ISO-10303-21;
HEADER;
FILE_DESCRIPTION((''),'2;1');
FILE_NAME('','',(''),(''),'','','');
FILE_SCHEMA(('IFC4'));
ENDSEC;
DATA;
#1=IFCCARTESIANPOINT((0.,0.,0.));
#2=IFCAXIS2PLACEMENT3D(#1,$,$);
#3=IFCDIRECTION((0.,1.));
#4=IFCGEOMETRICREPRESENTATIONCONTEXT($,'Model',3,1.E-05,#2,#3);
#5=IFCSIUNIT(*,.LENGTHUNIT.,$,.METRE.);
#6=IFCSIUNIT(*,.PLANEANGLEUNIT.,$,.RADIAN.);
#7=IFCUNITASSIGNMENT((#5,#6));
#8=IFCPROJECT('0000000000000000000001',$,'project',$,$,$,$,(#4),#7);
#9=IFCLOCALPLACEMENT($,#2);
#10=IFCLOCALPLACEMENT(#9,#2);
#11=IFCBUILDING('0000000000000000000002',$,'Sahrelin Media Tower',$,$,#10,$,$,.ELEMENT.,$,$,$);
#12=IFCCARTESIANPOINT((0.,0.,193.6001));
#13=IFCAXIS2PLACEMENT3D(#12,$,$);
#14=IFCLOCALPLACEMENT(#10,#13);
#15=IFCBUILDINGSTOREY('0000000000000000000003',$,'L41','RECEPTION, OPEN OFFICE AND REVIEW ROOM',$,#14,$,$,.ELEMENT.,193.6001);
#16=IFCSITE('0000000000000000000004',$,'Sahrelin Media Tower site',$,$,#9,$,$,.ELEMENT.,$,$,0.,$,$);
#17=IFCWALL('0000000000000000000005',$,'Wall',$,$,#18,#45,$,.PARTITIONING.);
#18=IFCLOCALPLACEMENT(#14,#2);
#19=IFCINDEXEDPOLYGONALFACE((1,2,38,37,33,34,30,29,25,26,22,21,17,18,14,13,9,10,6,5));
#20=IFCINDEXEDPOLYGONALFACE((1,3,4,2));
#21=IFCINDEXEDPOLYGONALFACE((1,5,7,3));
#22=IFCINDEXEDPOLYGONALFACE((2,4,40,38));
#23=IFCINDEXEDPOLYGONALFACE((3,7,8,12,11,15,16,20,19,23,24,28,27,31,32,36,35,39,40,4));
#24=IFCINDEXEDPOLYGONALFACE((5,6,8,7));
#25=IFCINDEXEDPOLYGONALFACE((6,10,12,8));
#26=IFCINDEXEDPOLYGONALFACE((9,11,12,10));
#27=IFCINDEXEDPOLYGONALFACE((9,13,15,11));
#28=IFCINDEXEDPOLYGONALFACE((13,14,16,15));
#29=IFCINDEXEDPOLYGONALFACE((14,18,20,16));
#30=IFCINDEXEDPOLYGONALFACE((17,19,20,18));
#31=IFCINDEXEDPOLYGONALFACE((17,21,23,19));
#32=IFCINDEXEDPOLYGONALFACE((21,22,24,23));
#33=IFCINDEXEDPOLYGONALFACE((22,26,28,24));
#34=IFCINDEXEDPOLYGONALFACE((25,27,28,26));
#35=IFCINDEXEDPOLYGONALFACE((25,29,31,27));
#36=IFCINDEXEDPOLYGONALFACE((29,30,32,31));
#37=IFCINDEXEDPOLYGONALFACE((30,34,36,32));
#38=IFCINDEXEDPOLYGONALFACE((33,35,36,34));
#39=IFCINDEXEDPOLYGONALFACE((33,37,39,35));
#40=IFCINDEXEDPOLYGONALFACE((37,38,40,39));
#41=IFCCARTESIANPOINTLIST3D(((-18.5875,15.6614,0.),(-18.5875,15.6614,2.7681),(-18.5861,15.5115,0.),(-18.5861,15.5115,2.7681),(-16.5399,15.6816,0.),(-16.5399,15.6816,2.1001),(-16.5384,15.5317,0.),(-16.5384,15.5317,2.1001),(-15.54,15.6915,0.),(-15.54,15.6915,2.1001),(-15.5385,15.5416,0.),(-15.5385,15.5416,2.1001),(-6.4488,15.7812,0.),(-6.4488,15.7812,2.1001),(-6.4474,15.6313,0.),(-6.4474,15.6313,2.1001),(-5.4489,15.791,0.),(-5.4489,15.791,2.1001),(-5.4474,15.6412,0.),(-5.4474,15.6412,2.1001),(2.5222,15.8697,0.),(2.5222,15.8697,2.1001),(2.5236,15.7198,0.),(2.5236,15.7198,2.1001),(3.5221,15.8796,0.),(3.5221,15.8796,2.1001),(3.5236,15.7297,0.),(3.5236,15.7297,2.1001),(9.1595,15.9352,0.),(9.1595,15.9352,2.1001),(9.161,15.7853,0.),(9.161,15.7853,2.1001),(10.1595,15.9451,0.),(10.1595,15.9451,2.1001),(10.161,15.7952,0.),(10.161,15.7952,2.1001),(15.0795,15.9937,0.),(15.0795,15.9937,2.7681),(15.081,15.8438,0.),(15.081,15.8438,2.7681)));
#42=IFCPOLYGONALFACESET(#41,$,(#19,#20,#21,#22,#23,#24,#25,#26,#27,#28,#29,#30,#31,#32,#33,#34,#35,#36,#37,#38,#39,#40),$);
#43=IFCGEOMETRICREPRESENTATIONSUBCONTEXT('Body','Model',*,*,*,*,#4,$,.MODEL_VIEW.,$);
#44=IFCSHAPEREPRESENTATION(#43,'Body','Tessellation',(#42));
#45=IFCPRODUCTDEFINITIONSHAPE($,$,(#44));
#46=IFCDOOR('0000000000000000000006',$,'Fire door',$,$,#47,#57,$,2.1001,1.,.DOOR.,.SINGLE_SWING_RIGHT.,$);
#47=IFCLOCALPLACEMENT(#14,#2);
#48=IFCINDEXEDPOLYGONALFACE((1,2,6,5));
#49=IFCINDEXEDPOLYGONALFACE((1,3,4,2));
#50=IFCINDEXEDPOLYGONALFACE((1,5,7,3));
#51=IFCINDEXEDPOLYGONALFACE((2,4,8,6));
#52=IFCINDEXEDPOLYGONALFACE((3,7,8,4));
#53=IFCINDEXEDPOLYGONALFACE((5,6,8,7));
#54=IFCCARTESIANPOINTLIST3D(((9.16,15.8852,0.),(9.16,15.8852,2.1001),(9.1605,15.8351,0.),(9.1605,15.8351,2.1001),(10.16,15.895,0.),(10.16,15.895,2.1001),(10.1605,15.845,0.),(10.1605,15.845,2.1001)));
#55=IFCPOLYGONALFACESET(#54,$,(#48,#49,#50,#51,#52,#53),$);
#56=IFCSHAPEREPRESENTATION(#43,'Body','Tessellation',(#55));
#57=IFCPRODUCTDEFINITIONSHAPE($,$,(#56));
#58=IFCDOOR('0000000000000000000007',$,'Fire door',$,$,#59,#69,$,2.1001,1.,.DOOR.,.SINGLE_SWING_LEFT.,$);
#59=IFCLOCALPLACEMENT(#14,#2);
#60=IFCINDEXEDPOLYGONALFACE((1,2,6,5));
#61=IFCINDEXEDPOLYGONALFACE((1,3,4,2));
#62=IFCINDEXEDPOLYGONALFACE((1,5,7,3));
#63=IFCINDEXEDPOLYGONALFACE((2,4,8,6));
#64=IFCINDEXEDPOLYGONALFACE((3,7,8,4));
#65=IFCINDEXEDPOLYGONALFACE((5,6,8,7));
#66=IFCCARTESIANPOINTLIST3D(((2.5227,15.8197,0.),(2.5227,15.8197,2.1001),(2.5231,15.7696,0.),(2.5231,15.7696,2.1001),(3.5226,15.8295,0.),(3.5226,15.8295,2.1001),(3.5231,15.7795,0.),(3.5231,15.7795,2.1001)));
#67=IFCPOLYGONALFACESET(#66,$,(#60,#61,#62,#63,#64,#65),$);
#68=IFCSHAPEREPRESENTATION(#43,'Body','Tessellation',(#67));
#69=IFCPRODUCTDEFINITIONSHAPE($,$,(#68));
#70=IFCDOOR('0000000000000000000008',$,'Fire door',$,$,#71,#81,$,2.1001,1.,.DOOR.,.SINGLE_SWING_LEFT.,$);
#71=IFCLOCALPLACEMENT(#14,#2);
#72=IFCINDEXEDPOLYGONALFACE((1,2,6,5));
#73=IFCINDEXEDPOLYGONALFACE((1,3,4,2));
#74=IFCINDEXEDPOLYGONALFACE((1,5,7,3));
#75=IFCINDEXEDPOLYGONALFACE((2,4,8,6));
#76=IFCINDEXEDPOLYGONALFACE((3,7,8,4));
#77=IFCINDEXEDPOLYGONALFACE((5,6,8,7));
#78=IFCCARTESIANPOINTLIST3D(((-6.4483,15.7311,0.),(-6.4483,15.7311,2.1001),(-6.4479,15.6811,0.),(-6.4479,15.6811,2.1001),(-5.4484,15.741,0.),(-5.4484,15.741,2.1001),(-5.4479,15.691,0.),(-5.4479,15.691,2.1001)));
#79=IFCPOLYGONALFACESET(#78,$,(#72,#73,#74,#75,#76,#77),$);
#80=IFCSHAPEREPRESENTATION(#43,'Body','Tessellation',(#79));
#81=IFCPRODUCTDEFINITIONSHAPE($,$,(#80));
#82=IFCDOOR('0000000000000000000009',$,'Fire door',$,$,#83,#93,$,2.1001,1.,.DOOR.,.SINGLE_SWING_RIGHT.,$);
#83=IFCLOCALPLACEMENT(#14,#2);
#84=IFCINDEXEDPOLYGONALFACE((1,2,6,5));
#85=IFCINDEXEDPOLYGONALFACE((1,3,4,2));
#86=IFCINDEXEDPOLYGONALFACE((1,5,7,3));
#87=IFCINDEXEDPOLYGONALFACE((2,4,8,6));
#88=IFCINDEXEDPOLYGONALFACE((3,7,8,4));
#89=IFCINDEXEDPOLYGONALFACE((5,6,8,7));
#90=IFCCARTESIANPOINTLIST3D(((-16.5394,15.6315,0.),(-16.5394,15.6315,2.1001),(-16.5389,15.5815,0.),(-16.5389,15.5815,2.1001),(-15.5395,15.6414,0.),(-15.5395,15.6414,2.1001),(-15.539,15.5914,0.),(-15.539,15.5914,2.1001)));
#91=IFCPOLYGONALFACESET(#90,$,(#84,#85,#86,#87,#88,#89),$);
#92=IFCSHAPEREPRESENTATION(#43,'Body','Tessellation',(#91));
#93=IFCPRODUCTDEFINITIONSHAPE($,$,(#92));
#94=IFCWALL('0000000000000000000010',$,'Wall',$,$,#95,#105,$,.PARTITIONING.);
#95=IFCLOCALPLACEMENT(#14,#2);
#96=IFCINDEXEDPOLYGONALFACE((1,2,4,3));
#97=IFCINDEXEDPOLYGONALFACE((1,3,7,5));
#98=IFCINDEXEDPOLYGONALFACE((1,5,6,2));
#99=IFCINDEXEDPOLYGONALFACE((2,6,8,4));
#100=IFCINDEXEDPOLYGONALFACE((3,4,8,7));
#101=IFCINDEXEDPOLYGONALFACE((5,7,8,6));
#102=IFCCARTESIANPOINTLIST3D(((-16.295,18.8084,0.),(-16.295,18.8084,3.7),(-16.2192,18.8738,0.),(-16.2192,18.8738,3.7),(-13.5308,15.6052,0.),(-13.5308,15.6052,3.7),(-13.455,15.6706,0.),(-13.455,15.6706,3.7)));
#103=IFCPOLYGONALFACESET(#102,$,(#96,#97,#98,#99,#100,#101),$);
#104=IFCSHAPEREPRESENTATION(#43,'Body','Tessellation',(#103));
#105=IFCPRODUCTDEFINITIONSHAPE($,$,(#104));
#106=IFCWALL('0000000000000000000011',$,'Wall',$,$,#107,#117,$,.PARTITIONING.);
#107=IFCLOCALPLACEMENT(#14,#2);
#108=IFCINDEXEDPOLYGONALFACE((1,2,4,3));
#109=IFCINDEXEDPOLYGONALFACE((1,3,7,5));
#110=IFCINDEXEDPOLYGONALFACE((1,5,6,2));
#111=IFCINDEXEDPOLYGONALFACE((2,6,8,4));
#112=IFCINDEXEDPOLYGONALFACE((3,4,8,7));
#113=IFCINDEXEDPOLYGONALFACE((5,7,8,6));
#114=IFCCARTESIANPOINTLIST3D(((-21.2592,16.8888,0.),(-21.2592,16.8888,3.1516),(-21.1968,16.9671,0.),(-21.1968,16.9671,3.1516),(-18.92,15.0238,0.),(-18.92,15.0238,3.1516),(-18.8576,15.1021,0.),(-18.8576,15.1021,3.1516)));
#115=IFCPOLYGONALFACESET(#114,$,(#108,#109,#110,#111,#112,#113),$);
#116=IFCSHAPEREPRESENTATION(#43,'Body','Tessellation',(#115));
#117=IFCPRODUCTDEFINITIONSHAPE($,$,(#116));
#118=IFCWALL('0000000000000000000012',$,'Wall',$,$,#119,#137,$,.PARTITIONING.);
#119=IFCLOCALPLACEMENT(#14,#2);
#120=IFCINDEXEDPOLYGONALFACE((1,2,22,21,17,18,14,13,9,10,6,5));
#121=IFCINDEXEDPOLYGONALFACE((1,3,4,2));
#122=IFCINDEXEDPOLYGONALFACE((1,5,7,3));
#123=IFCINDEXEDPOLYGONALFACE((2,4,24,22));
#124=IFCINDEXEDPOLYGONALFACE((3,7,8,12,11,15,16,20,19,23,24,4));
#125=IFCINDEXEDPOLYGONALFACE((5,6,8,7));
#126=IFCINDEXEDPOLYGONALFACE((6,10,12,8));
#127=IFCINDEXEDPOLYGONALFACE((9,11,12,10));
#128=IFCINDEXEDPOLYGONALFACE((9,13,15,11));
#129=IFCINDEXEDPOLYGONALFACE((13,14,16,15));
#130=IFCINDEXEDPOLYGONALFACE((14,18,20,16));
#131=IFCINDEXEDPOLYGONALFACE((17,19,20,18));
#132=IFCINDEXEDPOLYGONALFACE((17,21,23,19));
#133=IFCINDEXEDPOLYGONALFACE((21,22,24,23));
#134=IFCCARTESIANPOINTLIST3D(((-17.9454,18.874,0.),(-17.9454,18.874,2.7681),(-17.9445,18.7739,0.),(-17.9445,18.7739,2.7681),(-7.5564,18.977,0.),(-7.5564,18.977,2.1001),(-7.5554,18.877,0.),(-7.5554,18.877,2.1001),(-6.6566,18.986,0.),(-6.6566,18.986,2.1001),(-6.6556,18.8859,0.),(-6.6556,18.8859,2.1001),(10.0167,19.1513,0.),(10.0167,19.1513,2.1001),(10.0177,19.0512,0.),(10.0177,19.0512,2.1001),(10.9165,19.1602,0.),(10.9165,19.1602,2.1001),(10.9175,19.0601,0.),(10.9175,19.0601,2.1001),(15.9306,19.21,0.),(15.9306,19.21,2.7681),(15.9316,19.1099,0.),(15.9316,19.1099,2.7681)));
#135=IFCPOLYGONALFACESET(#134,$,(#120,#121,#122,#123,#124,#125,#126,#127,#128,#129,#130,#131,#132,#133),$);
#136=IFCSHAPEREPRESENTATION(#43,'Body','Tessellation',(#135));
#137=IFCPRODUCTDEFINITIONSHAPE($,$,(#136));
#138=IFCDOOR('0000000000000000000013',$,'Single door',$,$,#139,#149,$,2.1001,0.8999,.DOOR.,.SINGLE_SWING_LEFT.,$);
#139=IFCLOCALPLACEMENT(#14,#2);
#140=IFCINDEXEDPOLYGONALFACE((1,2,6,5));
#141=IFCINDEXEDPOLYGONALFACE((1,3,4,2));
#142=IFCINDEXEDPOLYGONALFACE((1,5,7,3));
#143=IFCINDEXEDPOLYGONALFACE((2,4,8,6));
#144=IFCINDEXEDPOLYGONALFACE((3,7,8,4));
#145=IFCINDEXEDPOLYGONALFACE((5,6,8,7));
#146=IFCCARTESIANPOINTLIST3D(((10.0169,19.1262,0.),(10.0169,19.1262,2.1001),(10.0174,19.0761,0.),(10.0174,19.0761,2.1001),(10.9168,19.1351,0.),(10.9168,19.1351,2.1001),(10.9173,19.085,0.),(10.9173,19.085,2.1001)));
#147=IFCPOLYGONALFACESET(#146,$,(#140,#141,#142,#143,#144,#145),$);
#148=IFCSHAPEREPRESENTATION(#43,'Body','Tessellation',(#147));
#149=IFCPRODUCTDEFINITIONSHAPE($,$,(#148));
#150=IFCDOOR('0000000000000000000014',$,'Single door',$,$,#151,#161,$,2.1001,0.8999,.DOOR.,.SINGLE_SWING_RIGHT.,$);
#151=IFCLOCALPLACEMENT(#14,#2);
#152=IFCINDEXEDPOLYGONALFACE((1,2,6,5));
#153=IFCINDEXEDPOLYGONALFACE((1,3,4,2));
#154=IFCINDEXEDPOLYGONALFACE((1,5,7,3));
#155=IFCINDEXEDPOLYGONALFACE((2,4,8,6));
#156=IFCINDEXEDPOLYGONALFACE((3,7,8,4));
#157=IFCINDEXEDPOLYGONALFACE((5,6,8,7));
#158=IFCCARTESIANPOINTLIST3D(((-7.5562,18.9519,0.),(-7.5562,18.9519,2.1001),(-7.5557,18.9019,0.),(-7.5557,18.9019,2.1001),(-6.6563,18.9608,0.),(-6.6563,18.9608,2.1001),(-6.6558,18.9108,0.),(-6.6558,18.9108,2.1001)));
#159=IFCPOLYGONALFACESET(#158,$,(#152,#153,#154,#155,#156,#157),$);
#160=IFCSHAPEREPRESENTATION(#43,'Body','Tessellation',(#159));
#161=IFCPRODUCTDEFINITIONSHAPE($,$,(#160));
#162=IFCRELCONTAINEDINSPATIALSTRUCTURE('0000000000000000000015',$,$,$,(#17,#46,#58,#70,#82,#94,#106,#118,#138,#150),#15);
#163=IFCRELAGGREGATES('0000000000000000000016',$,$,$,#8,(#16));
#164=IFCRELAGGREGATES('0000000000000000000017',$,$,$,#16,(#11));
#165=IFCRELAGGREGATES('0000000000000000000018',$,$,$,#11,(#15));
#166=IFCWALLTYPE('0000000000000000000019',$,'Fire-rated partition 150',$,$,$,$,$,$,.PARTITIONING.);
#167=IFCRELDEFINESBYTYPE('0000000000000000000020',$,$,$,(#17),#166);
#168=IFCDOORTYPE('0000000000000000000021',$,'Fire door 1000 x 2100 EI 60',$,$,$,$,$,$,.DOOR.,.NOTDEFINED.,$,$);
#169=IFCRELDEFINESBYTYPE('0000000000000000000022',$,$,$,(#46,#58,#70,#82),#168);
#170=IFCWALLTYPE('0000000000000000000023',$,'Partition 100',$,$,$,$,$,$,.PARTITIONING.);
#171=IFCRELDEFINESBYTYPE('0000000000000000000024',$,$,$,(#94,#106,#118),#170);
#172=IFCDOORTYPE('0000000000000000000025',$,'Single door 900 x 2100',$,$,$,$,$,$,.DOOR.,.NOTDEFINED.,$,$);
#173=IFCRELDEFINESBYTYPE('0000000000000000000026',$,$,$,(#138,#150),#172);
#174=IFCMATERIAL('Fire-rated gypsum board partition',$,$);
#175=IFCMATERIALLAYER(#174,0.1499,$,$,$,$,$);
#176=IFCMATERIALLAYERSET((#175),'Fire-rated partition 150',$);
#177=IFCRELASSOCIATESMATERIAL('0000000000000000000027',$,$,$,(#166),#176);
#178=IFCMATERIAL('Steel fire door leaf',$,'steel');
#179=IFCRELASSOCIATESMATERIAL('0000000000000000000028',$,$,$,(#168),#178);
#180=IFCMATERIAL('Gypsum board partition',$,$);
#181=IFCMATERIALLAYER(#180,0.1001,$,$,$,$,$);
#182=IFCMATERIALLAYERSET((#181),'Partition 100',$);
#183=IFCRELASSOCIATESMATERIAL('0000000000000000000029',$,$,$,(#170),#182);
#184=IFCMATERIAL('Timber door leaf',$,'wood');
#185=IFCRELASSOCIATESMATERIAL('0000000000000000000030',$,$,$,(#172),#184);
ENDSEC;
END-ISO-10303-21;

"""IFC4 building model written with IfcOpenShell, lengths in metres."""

from ifc_helpers import new_model, si_unit, direction, frame, frame_2d, origin, place, context, subcontext, project, spatial, rectangle, extrude, material, layer, layer_set, type_object, element, fill, save


model = new_model("IFC4")

# Units and contexts
model_context = context("Model", 3, precision=1e-05, world=origin(), true_north=direction((0.0, 1.0)))
body_context = subcontext(model_context, "Body", "Model", "MODEL_VIEW")
ifc_project = project(units=[si_unit("LENGTHUNIT", "METRE"), si_unit("PLANEANGLEUNIT", "RADIAN")], contexts=[model_context])

# Site, building, storey
site_placement = place(None, origin())
site = spatial("IfcSite", under=ifc_project, at=site_placement, Name="Sahrelin Media Tower site", CompositionType="ELEMENT", RefElevation=0.0)
building_placement = place(site_placement, origin())
building = spatial("IfcBuilding", under=site, at=building_placement, Name="Sahrelin Media Tower", CompositionType="ELEMENT")
storey_placement = place(building_placement, frame((0.0, 0.0, 193.6001)))
storey = spatial("IfcBuildingStorey", under=building, at=storey_placement, Name="L41", Description="RECEPTION, OPEN OFFICE AND REVIEW ROOM", CompositionType="ELEMENT", Elevation=193.6001)

# Shared definitions
ifc_material_1 = material(Name="Fire-rated gypsum board partition")
ifc_layer_1 = layer(ifc_material_1, 0.1499)
ifc_layer_set_1 = layer_set([ifc_layer_1], Name="Fire-rated partition 150")
wall_type_1 = type_object("IfcWallType", Name="Fire-rated partition 150", PredefinedType="PARTITIONING", material=ifc_layer_set_1)

# Wall, openings, doors
wall_1_placement = place(storey_placement, frame((-18.5869, 15.5864, 0.0), z_axis=(0.0, 0.0, 1.0), x_axis=(0.999951, 0.009869, 0.0)))
wall_1 = element("IfcWall", 1, at=wall_1_placement, inside=storey, type_object=wall_type_1, Name="Wall", PredefinedType="PARTITIONING", context=body_context, shape_type="SweptSolid", body=[
    extrude(rectangle(XDim=33.6687, YDim=0.1499, at=frame_2d((16.8345, 0.0))), origin(), (0.0, 0.0, 1.0), 2.7681),
])
opening_1_placement = place(wall_1_placement, frame((27.7485, 0.0, 0.0)))
opening_1 = element("IfcOpeningElement", 2, at=opening_1_placement, cuts=wall_1, PredefinedType="OPENING", context=body_context, shape_type="SweptSolid", body=[
    extrude(rectangle(XDim=1.0, YDim=2.1001, at=frame_2d((0.5, 1.05))), frame((0.0, 0.075, 0.0), z_axis=(0.0, -1.0, 0.0), x_axis=(1.0, 0.0, 0.0)), (0.0, 0.0, 1.0), 0.1499),
])
opening_2_placement = place(wall_1_placement, frame((21.1108, 0.0, 0.0)))
opening_2 = element("IfcOpeningElement", 3, at=opening_2_placement, cuts=wall_1, PredefinedType="OPENING", context=body_context, shape_type="SweptSolid", body=[
    extrude(rectangle(XDim=1.0, YDim=2.1001, at=frame_2d((0.5, 1.05))), frame((0.0, 0.075, 0.0), z_axis=(0.0, -1.0, 0.0), x_axis=(1.0, 0.0, 0.0)), (0.0, 0.0, 1.0), 0.1499),
])
opening_3_placement = place(wall_1_placement, frame((12.1394, 0.0, 0.0)))
opening_3 = element("IfcOpeningElement", 4, at=opening_3_placement, cuts=wall_1, PredefinedType="OPENING", context=body_context, shape_type="SweptSolid", body=[
    extrude(rectangle(XDim=1.0, YDim=2.1001, at=frame_2d((0.5, 1.05))), frame((0.0, 0.075, 0.0), z_axis=(0.0, -1.0, 0.0), x_axis=(1.0, 0.0, 0.0)), (0.0, 0.0, 1.0), 0.1499),
])
opening_4_placement = place(wall_1_placement, frame((2.0479, 0.0, 0.0)))
opening_4 = element("IfcOpeningElement", 5, at=opening_4_placement, cuts=wall_1, PredefinedType="OPENING", context=body_context, shape_type="SweptSolid", body=[
    extrude(rectangle(XDim=1.0, YDim=2.1001, at=frame_2d((0.5, 1.05))), frame((0.0, 0.075, 0.0), z_axis=(0.0, -1.0, 0.0), x_axis=(1.0, 0.0, 0.0)), (0.0, 0.0, 1.0), 0.1499),
])
ifc_material_2 = material(Name="Steel fire door leaf", Category="steel")
door_type_1 = type_object("IfcDoorType", Name="Fire door 1000 x 2100 EI 60", OperationType="NOTDEFINED", PredefinedType="DOOR", material=ifc_material_2)
door_1_placement = place(opening_1_placement, origin())
door_1 = element("IfcDoor", 6, at=door_1_placement, inside=storey, type_object=door_type_1, Name="Fire door", OperationType="SINGLE_SWING_RIGHT", OverallHeight=2.1001, OverallWidth=1.0, PredefinedType="DOOR", context=body_context, shape_type="SweptSolid", body=[
    extrude(rectangle(XDim=1.0, YDim=2.1001, at=frame_2d((0.5, 1.05))), frame((0.0, 0.0249, 0.0), z_axis=(0.0, -1.0, 0.0), x_axis=(1.0, 0.0, 0.0)), (0.0, 0.0, 1.0), 0.05),
])
fill(opening_1, door_1)
door_2_placement = place(opening_2_placement, origin())
door_2 = element("IfcDoor", 7, at=door_2_placement, inside=storey, type_object=door_type_1, Name="Fire door", OperationType="SINGLE_SWING_LEFT", OverallHeight=2.1001, OverallWidth=1.0, PredefinedType="DOOR", context=body_context, shape_type="SweptSolid", body=[
    extrude(rectangle(XDim=1.0, YDim=2.1001, at=frame_2d((0.5, 1.05))), frame((0.0, 0.0249, 0.0), z_axis=(0.0, -1.0, 0.0), x_axis=(1.0, 0.0, 0.0)), (0.0, 0.0, 1.0), 0.05),
])
fill(opening_2, door_2)
door_3_placement = place(opening_3_placement, origin())
door_3 = element("IfcDoor", 8, at=door_3_placement, inside=storey, type_object=door_type_1, Name="Fire door", OperationType="SINGLE_SWING_LEFT", OverallHeight=2.1001, OverallWidth=1.0, PredefinedType="DOOR", context=body_context, shape_type="SweptSolid", body=[
    extrude(rectangle(XDim=1.0, YDim=2.1001, at=frame_2d((0.5, 1.05))), frame((0.0, 0.0249, 0.0), z_axis=(0.0, -1.0, 0.0), x_axis=(1.0, 0.0, 0.0)), (0.0, 0.0, 1.0), 0.05),
])
fill(opening_3, door_3)
door_4_placement = place(opening_4_placement, origin())
door_4 = element("IfcDoor", 9, at=door_4_placement, inside=storey, type_object=door_type_1, Name="Fire door", OperationType="SINGLE_SWING_RIGHT", OverallHeight=2.1001, OverallWidth=1.0, PredefinedType="DOOR", context=body_context, shape_type="SweptSolid", body=[
    extrude(rectangle(XDim=1.0, YDim=2.1001, at=frame_2d((0.5, 1.05))), frame((0.0, 0.0249, 0.0), z_axis=(0.0, -1.0, 0.0), x_axis=(1.0, 0.0, 0.0)), (0.0, 0.0, 1.0), 0.05),
])
fill(opening_4, door_4)

# Walls
ifc_material_3 = material(Name="Gypsum board partition")
ifc_layer_2 = layer(ifc_material_3, 0.1001)
ifc_layer_set_2 = layer_set([ifc_layer_2], Name="Partition 100")
wall_type_2 = type_object("IfcWallType", Name="Partition 100", PredefinedType="PARTITIONING", material=ifc_layer_set_2)
wall_2_placement = place(storey_placement, frame((-16.2571, 18.8411, 0.0), z_axis=(0.0, 0.0, 1.0), x_axis=(0.653325, -0.757077, 0.0)))
element("IfcWall", 10, at=wall_2_placement, inside=storey, type_object=wall_type_2, Name="Wall", PredefinedType="PARTITIONING", context=body_context, shape_type="SweptSolid", body=[
    extrude(rectangle(XDim=4.231, YDim=0.1001, at=frame_2d((2.1155, 0.0))), origin(), (0.0, 0.0, 1.0), 3.7),
])
wall_3_placement = place(storey_placement, frame((-21.228, 16.928, 0.0), z_axis=(0.0, 0.0, 1.0), x_axis=(0.781895, -0.62341, 0.0)))
element("IfcWall", 11, at=wall_3_placement, inside=storey, type_object=wall_type_2, Name="Wall", PredefinedType="PARTITIONING", context=body_context, shape_type="SweptSolid", body=[
    extrude(rectangle(XDim=2.9917, YDim=0.1001, at=frame_2d((1.4958, 0.0))), origin(), (0.0, 0.0, 1.0), 3.1516),
])

# Wall, openings, doors
wall_4_placement = place(storey_placement, frame((-17.9451, 18.824, 0.0), z_axis=(0.0, 0.0, 1.0), x_axis=(0.999951, 0.009916, 0.0)))
wall_4 = element("IfcWall", 12, at=wall_4_placement, inside=storey, type_object=wall_type_2, Name="Wall", PredefinedType="PARTITIONING", context=body_context, shape_type="SweptSolid", body=[
    extrude(rectangle(XDim=33.8777, YDim=0.1001, at=frame_2d((16.939, 0.0))), origin(), (0.0, 0.0, 1.0), 2.7681),
])
opening_5_placement = place(wall_4_placement, frame((27.9636, 0.0, 0.0)))
opening_5 = element("IfcOpeningElement", 13, at=opening_5_placement, cuts=wall_4, PredefinedType="OPENING", context=body_context, shape_type="SweptSolid", body=[
    extrude(rectangle(XDim=0.8999, YDim=2.1001, at=frame_2d((0.45, 1.05))), frame((0.0, 0.05, 0.0), z_axis=(0.0, -1.0, 0.0), x_axis=(1.0, 0.0, 0.0)), (0.0, 0.0, 1.0), 0.1001),
])
opening_6_placement = place(wall_4_placement, frame((10.3896, 0.0, 0.0)))
opening_6 = element("IfcOpeningElement", 14, at=opening_6_placement, cuts=wall_4, PredefinedType="OPENING", context=body_context, shape_type="SweptSolid", body=[
    extrude(rectangle(XDim=0.8999, YDim=2.1001, at=frame_2d((0.45, 1.05))), frame((0.0, 0.05, 0.0), z_axis=(0.0, -1.0, 0.0), x_axis=(1.0, 0.0, 0.0)), (0.0, 0.0, 1.0), 0.1001),
])
ifc_material_4 = material(Name="Timber door leaf", Category="wood")
door_type_2 = type_object("IfcDoorType", Name="Single door 900 x 2100", OperationType="NOTDEFINED", PredefinedType="DOOR", material=ifc_material_4)
door_5_placement = place(opening_5_placement, origin())
door_5 = element("IfcDoor", 15, at=door_5_placement, inside=storey, type_object=door_type_2, Name="Single door", OperationType="SINGLE_SWING_LEFT", OverallHeight=2.1001, OverallWidth=0.8999, PredefinedType="DOOR", context=body_context, shape_type="SweptSolid", body=[
    extrude(rectangle(XDim=0.8999, YDim=2.1001, at=frame_2d((0.45, 1.05))), frame((0.0, 0.0249, 0.0), z_axis=(0.0, -1.0, 0.0), x_axis=(1.0, 0.0, 0.0)), (0.0, 0.0, 1.0), 0.05),
])
fill(opening_5, door_5)
door_6_placement = place(opening_6_placement, origin())
door_6 = element("IfcDoor", 16, at=door_6_placement, inside=storey, type_object=door_type_2, Name="Single door", OperationType="SINGLE_SWING_RIGHT", OverallHeight=2.1001, OverallWidth=0.8999, PredefinedType="DOOR", context=body_context, shape_type="SweptSolid", body=[
    extrude(rectangle(XDim=0.8999, YDim=2.1001, at=frame_2d((0.45, 1.05))), frame((0.0, 0.0249, 0.0), z_axis=(0.0, -1.0, 0.0), x_axis=(1.0, 0.0, 0.0)), (0.0, 0.0, 1.0), 0.05),
])
fill(opening_6, door_6)

save(model, "model.ifc")
